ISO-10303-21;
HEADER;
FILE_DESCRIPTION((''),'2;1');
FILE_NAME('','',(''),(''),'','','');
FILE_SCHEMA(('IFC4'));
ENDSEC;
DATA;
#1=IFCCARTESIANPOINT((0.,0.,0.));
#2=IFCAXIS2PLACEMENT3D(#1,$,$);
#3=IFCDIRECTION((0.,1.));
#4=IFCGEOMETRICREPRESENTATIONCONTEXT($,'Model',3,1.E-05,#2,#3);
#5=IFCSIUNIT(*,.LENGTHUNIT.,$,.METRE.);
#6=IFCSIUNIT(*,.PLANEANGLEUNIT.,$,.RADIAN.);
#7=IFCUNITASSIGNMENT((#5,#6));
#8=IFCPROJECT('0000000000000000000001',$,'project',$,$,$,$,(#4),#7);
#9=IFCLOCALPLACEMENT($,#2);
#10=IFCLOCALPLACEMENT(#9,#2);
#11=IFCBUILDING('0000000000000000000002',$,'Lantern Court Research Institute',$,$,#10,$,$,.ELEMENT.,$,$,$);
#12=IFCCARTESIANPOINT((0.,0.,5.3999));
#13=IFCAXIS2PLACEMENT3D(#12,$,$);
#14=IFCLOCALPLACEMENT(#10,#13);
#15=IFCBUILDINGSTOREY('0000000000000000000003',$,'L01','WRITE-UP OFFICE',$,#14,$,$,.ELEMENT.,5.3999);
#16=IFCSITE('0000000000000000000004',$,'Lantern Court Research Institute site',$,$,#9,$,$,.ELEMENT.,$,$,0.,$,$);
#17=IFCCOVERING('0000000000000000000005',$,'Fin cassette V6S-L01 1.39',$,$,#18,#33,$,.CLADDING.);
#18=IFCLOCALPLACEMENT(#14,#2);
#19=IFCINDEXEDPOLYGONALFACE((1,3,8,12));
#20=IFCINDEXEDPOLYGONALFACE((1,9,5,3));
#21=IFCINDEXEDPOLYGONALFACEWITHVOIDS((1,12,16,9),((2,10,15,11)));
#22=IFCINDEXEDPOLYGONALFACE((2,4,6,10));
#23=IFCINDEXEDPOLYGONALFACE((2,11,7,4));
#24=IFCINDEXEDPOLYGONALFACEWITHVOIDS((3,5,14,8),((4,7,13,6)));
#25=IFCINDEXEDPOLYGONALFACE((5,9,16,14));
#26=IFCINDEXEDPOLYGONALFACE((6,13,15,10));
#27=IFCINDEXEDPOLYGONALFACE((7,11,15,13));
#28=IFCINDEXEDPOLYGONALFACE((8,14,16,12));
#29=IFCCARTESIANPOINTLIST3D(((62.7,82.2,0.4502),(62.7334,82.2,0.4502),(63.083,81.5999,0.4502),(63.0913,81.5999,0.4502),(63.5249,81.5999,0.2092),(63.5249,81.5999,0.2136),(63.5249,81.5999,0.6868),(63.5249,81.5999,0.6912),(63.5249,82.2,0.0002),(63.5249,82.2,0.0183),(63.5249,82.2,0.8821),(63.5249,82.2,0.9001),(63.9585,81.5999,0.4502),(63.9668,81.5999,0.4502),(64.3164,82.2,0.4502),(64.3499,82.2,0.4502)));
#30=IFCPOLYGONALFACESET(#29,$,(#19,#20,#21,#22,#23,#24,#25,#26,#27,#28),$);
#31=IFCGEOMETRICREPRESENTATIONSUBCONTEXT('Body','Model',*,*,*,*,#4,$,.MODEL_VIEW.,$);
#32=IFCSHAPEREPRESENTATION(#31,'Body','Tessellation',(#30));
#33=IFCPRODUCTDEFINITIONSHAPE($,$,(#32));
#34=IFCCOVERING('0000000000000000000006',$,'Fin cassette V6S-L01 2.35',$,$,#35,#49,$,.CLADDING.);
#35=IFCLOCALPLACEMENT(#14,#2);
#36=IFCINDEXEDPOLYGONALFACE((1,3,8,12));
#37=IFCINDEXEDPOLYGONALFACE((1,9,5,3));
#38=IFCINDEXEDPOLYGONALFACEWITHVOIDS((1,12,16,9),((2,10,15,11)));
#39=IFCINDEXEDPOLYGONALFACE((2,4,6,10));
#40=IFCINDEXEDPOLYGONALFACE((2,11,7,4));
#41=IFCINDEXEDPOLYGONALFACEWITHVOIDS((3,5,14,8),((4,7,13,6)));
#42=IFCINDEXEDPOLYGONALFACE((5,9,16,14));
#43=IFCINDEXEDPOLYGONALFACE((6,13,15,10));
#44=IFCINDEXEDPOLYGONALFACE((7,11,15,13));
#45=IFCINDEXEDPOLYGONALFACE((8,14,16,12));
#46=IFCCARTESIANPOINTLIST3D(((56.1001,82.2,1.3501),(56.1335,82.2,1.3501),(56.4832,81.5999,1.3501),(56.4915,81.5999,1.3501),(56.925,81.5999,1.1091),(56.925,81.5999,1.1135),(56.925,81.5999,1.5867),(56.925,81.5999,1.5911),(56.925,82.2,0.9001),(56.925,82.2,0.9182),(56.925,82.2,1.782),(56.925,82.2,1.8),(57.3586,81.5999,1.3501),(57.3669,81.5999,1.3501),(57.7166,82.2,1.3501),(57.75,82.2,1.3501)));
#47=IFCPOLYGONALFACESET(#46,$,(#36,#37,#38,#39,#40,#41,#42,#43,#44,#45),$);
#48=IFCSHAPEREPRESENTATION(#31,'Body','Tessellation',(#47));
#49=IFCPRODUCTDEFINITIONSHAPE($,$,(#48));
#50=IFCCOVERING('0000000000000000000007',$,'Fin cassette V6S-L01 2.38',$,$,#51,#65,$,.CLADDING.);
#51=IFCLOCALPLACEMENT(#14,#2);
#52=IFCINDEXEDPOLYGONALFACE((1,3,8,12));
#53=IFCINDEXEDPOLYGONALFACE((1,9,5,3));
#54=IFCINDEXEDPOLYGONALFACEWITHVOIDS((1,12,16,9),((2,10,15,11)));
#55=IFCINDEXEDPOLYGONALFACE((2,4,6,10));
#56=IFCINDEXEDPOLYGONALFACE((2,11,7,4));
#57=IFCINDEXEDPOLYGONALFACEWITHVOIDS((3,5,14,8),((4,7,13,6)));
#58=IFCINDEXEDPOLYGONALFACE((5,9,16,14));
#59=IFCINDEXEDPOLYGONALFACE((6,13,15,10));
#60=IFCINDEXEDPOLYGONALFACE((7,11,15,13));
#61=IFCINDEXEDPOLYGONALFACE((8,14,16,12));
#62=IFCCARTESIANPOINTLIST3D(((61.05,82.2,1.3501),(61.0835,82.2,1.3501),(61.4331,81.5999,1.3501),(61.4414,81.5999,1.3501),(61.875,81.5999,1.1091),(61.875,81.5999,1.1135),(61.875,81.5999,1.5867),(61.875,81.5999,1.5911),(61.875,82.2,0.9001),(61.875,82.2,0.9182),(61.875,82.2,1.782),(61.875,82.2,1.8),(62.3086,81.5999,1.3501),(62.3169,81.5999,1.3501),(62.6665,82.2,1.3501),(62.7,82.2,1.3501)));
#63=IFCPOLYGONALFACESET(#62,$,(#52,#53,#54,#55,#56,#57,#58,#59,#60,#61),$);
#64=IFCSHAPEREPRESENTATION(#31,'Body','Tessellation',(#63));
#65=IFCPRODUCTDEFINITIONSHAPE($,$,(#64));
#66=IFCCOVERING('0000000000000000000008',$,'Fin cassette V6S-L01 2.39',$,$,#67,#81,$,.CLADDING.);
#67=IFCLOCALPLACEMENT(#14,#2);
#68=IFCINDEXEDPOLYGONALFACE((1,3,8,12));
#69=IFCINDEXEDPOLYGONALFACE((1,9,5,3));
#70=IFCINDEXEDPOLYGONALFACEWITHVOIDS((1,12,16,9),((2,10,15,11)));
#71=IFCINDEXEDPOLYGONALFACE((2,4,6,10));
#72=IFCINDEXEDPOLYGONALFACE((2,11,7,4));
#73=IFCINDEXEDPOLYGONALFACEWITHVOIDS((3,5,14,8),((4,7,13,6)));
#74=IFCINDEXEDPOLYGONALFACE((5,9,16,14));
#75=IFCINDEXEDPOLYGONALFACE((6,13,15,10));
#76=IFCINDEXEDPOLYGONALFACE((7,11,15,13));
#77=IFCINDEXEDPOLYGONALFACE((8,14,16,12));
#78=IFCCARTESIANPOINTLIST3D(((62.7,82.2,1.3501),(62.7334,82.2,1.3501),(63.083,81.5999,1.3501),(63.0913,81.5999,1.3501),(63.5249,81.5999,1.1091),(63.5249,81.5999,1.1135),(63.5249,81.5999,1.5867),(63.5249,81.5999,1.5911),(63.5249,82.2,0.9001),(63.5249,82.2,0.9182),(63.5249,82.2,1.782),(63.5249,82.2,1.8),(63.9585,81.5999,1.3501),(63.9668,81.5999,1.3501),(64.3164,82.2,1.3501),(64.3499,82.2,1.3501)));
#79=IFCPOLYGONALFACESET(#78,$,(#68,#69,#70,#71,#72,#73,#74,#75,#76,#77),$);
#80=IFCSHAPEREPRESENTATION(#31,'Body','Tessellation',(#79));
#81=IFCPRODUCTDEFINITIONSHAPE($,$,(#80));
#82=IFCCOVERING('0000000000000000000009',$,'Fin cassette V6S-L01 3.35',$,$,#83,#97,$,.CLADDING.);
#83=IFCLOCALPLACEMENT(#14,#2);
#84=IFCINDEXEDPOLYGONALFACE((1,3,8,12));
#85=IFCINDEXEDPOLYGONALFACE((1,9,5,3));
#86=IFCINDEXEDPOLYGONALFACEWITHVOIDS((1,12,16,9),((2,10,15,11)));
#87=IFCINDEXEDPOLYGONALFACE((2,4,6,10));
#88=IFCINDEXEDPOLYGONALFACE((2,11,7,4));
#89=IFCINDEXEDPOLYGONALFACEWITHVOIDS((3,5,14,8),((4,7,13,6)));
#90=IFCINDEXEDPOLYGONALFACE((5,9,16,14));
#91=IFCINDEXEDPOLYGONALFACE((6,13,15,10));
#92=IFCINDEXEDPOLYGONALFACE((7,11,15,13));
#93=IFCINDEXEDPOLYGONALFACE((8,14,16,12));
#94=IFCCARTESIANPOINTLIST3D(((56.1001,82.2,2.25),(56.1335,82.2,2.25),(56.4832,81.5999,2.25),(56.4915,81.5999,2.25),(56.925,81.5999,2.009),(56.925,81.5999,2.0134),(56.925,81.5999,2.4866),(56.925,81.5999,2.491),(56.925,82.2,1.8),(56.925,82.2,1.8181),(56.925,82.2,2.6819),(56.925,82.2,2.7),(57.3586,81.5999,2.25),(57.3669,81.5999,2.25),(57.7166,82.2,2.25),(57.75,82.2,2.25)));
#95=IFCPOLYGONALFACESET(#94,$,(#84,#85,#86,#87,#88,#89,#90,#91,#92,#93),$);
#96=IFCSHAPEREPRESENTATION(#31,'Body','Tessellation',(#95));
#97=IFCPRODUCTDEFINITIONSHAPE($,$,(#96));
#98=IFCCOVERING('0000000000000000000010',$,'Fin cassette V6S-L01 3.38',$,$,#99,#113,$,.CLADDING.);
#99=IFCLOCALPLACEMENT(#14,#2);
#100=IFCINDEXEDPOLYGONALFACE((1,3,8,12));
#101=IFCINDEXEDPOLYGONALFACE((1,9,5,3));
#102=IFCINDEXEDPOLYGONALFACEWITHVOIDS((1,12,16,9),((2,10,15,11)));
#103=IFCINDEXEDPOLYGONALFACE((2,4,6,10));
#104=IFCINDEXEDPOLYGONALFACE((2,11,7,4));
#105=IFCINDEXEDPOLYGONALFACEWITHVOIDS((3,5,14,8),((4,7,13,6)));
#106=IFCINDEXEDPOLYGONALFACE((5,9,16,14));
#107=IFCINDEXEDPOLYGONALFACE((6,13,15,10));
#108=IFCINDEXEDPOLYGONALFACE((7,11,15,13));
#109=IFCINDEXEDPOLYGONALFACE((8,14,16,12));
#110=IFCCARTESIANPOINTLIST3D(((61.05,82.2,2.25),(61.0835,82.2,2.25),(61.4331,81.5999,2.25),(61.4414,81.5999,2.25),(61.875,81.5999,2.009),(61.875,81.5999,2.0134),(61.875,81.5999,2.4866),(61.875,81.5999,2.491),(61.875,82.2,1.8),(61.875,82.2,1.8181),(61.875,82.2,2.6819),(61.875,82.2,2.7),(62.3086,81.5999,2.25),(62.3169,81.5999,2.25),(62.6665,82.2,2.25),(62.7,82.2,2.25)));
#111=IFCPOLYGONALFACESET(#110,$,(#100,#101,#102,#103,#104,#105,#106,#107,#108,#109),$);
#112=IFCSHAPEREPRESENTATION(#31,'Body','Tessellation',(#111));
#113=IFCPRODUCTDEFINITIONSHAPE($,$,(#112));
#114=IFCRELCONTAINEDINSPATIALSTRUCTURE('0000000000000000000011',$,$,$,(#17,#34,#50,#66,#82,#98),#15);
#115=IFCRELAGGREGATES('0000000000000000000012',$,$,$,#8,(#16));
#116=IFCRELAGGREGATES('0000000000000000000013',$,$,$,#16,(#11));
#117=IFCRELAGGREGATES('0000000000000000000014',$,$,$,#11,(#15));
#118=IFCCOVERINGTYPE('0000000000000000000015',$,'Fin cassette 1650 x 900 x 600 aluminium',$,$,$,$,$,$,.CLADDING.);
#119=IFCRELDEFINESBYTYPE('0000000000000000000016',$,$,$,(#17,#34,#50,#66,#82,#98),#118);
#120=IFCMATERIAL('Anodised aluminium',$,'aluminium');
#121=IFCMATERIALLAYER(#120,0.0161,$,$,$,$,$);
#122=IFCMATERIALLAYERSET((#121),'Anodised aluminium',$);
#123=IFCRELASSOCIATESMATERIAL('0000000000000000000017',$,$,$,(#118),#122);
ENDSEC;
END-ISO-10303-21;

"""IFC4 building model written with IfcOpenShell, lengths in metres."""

from ifc_helpers import new_model, entity, si_unit, direction, frame, origin, place, context, subcontext, project, spatial, material, layer, layer_set, type_object, element, save


model = new_model("IFC4")

# Units and contexts
model_context = context("Model", 3, precision=1e-05, world=origin(), true_north=direction((0.0, 1.0)))
body_context = subcontext(model_context, "Body", "Model", "MODEL_VIEW")
ifc_project = project(units=[si_unit("LENGTHUNIT", "METRE"), si_unit("PLANEANGLEUNIT", "RADIAN")], contexts=[model_context])

# Site, building, storey
site_placement = place(None, origin())
site = spatial("IfcSite", under=ifc_project, at=site_placement, Name="Lantern Court Research Institute site", CompositionType="ELEMENT", RefElevation=0.0)
building_placement = place(site_placement, origin())
building = spatial("IfcBuilding", under=site, at=building_placement, Name="Lantern Court Research Institute", CompositionType="ELEMENT")
storey_placement = place(building_placement, frame((0.0, 0.0, 5.3999)))
storey = spatial("IfcBuildingStorey", under=building, at=storey_placement, Name="L01", Description="WRITE-UP OFFICE", CompositionType="ELEMENT", Elevation=5.3999)

# Coverings
ifc_material_1 = material(Name="Anodised aluminium", Category="aluminium")
ifc_layer_1 = layer(ifc_material_1, 0.0161)
ifc_layer_set_1 = layer_set([ifc_layer_1], Name="Anodised aluminium")
covering_type_1 = type_object("IfcCoveringType", Name="Fin cassette 1650 x 900 x 600 aluminium", PredefinedType="CLADDING", material=ifc_layer_set_1)
covering_1_placement = place(storey_placement, frame((63.5249, 82.2, 0.4502), z_axis=(0.0, -1.0, 0.0), x_axis=(1.0, 0.0, 0.0)))
cartesian_point_1 = entity("IfcCartesianPoint", [0.825, 0.0])
cartesian_point_2 = entity("IfcCartesianPoint", [0.7915, 0.0])
cartesian_point_3 = entity("IfcCartesianPoint", [0.4419, 0.0])
cartesian_point_4 = entity("IfcCartesianPoint", [0.4336, 0.0])
element("IfcCovering", 1, at=covering_1_placement, inside=storey, type_object=covering_type_1, Name="Fin cassette V6S-L01 1.39", PredefinedType="CLADDING", context=body_context, shape_type="SweptSolid", body=[
    entity("IfcExtrudedAreaSolidTapered", entity("IfcArbitraryProfileDefWithVoids", "AREA", None, entity("IfcPolyline", [cartesian_point_1, entity("IfcCartesianPoint", [0.0, 0.45]), entity("IfcCartesianPoint", [-0.825, 0.0]), entity("IfcCartesianPoint", [0.0, -0.45]), cartesian_point_1]), [entity("IfcPolyline", [cartesian_point_2, entity("IfcCartesianPoint", [0.0, 0.4319]), entity("IfcCartesianPoint", [-0.7915, 0.0]), entity("IfcCartesianPoint", [0.0, -0.4319]), cartesian_point_2])]), entity("IfcAxis2Placement3D", entity("IfcCartesianPoint", [0.0, 0.0, 0.0])), entity("IfcDirection", [0.0, 0.0, 1.0]), 0.6001, entity("IfcArbitraryProfileDefWithVoids", "AREA", None, entity("IfcPolyline", [cartesian_point_3, entity("IfcCartesianPoint", [0.0, 0.241]), entity("IfcCartesianPoint", [-0.4419, 0.0]), entity("IfcCartesianPoint", [0.0, -0.241]), cartesian_point_3]), [entity("IfcPolyline", [cartesian_point_4, entity("IfcCartesianPoint", [0.0, 0.2366]), entity("IfcCartesianPoint", [-0.4336, 0.0]), entity("IfcCartesianPoint", [0.0, -0.2366]), cartesian_point_4])])),
])
covering_2_placement = place(storey_placement, frame((56.925, 82.2, 1.3501), z_axis=(0.0, -1.0, 0.0), x_axis=(1.0, 0.0, 0.0)))
cartesian_point_5 = entity("IfcCartesianPoint", [0.825, 0.0])
cartesian_point_6 = entity("IfcCartesianPoint", [0.7915, 0.0])
cartesian_point_7 = entity("IfcCartesianPoint", [0.4419, 0.0])
cartesian_point_8 = entity("IfcCartesianPoint", [0.4336, 0.0])
element("IfcCovering", 2, at=covering_2_placement, inside=storey, type_object=covering_type_1, Name="Fin cassette V6S-L01 2.35", PredefinedType="CLADDING", context=body_context, shape_type="SweptSolid", body=[
    entity("IfcExtrudedAreaSolidTapered", entity("IfcArbitraryProfileDefWithVoids", "AREA", None, entity("IfcPolyline", [cartesian_point_5, entity("IfcCartesianPoint", [0.0, 0.45]), entity("IfcCartesianPoint", [-0.825, 0.0]), entity("IfcCartesianPoint", [0.0, -0.45]), cartesian_point_5]), [entity("IfcPolyline", [cartesian_point_6, entity("IfcCartesianPoint", [0.0, 0.4319]), entity("IfcCartesianPoint", [-0.7915, 0.0]), entity("IfcCartesianPoint", [0.0, -0.4319]), cartesian_point_6])]), entity("IfcAxis2Placement3D", entity("IfcCartesianPoint", [0.0, 0.0, 0.0])), entity("IfcDirection", [0.0, 0.0, 1.0]), 0.6001, entity("IfcArbitraryProfileDefWithVoids", "AREA", None, entity("IfcPolyline", [cartesian_point_7, entity("IfcCartesianPoint", [0.0, 0.241]), entity("IfcCartesianPoint", [-0.4419, 0.0]), entity("IfcCartesianPoint", [0.0, -0.241]), cartesian_point_7]), [entity("IfcPolyline", [cartesian_point_8, entity("IfcCartesianPoint", [0.0, 0.2366]), entity("IfcCartesianPoint", [-0.4336, 0.0]), entity("IfcCartesianPoint", [0.0, -0.2366]), cartesian_point_8])])),
])
covering_3_placement = place(storey_placement, frame((61.875, 82.2, 1.3501), z_axis=(0.0, -1.0, 0.0), x_axis=(1.0, 0.0, 0.0)))
cartesian_point_9 = entity("IfcCartesianPoint", [0.825, 0.0])
cartesian_point_10 = entity("IfcCartesianPoint", [0.7915, 0.0])
cartesian_point_11 = entity("IfcCartesianPoint", [0.4419, 0.0])
cartesian_point_12 = entity("IfcCartesianPoint", [0.4336, 0.0])
element("IfcCovering", 3, at=covering_3_placement, inside=storey, type_object=covering_type_1, Name="Fin cassette V6S-L01 2.38", PredefinedType="CLADDING", context=body_context, shape_type="SweptSolid", body=[
    entity("IfcExtrudedAreaSolidTapered", entity("IfcArbitraryProfileDefWithVoids", "AREA", None, entity("IfcPolyline", [cartesian_point_9, entity("IfcCartesianPoint", [0.0, 0.45]), entity("IfcCartesianPoint", [-0.825, 0.0]), entity("IfcCartesianPoint", [0.0, -0.45]), cartesian_point_9]), [entity("IfcPolyline", [cartesian_point_10, entity("IfcCartesianPoint", [0.0, 0.4319]), entity("IfcCartesianPoint", [-0.7915, 0.0]), entity("IfcCartesianPoint", [0.0, -0.4319]), cartesian_point_10])]), entity("IfcAxis2Placement3D", entity("IfcCartesianPoint", [0.0, 0.0, 0.0])), entity("IfcDirection", [0.0, 0.0, 1.0]), 0.6001, entity("IfcArbitraryProfileDefWithVoids", "AREA", None, entity("IfcPolyline", [cartesian_point_11, entity("IfcCartesianPoint", [0.0, 0.241]), entity("IfcCartesianPoint", [-0.4419, 0.0]), entity("IfcCartesianPoint", [0.0, -0.241]), cartesian_point_11]), [entity("IfcPolyline", [cartesian_point_12, entity("IfcCartesianPoint", [0.0, 0.2366]), entity("IfcCartesianPoint", [-0.4336, 0.0]), entity("IfcCartesianPoint", [0.0, -0.2366]), cartesian_point_12])])),
])
covering_4_placement = place(storey_placement, frame((63.5249, 82.2, 1.3501), z_axis=(0.0, -1.0, 0.0), x_axis=(1.0, 0.0, 0.0)))
cartesian_point_13 = entity("IfcCartesianPoint", [0.825, 0.0])
cartesian_point_14 = entity("IfcCartesianPoint", [0.7915, 0.0])
cartesian_point_15 = entity("IfcCartesianPoint", [0.4419, 0.0])
cartesian_point_16 = entity("IfcCartesianPoint", [0.4336, 0.0])
element("IfcCovering", 4, at=covering_4_placement, inside=storey, type_object=covering_type_1, Name="Fin cassette V6S-L01 2.39", PredefinedType="CLADDING", context=body_context, shape_type="SweptSolid", body=[
    entity("IfcExtrudedAreaSolidTapered", entity("IfcArbitraryProfileDefWithVoids", "AREA", None, entity("IfcPolyline", [cartesian_point_13, entity("IfcCartesianPoint", [0.0, 0.45]), entity("IfcCartesianPoint", [-0.825, 0.0]), entity("IfcCartesianPoint", [0.0, -0.45]), cartesian_point_13]), [entity("IfcPolyline", [cartesian_point_14, entity("IfcCartesianPoint", [0.0, 0.4319]), entity("IfcCartesianPoint", [-0.7915, 0.0]), entity("IfcCartesianPoint", [0.0, -0.4319]), cartesian_point_14])]), entity("IfcAxis2Placement3D", entity("IfcCartesianPoint", [0.0, 0.0, 0.0])), entity("IfcDirection", [0.0, 0.0, 1.0]), 0.6001, entity("IfcArbitraryProfileDefWithVoids", "AREA", None, entity("IfcPolyline", [cartesian_point_15, entity("IfcCartesianPoint", [0.0, 0.241]), entity("IfcCartesianPoint", [-0.4419, 0.0]), entity("IfcCartesianPoint", [0.0, -0.241]), cartesian_point_15]), [entity("IfcPolyline", [cartesian_point_16, entity("IfcCartesianPoint", [0.0, 0.2366]), entity("IfcCartesianPoint", [-0.4336, 0.0]), entity("IfcCartesianPoint", [0.0, -0.2366]), cartesian_point_16])])),
])
covering_5_placement = place(storey_placement, frame((56.925, 82.2, 2.25), z_axis=(0.0, -1.0, 0.0), x_axis=(1.0, 0.0, 0.0)))
cartesian_point_17 = entity("IfcCartesianPoint", [0.825, 0.0])
cartesian_point_18 = entity("IfcCartesianPoint", [0.7915, 0.0])
cartesian_point_19 = entity("IfcCartesianPoint", [0.4419, 0.0])
cartesian_point_20 = entity("IfcCartesianPoint", [0.4336, 0.0])
element("IfcCovering", 5, at=covering_5_placement, inside=storey, type_object=covering_type_1, Name="Fin cassette V6S-L01 3.35", PredefinedType="CLADDING", context=body_context, shape_type="SweptSolid", body=[
    entity("IfcExtrudedAreaSolidTapered", entity("IfcArbitraryProfileDefWithVoids", "AREA", None, entity("IfcPolyline", [cartesian_point_17, entity("IfcCartesianPoint", [0.0, 0.45]), entity("IfcCartesianPoint", [-0.825, 0.0]), entity("IfcCartesianPoint", [0.0, -0.45]), cartesian_point_17]), [entity("IfcPolyline", [cartesian_point_18, entity("IfcCartesianPoint", [0.0, 0.4319]), entity("IfcCartesianPoint", [-0.7915, 0.0]), entity("IfcCartesianPoint", [0.0, -0.4319]), cartesian_point_18])]), entity("IfcAxis2Placement3D", entity("IfcCartesianPoint", [0.0, 0.0, 0.0])), entity("IfcDirection", [0.0, 0.0, 1.0]), 0.6001, entity("IfcArbitraryProfileDefWithVoids", "AREA", None, entity("IfcPolyline", [cartesian_point_19, entity("IfcCartesianPoint", [0.0, 0.241]), entity("IfcCartesianPoint", [-0.4419, 0.0]), entity("IfcCartesianPoint", [0.0, -0.241]), cartesian_point_19]), [entity("IfcPolyline", [cartesian_point_20, entity("IfcCartesianPoint", [0.0, 0.2366]), entity("IfcCartesianPoint", [-0.4336, 0.0]), entity("IfcCartesianPoint", [0.0, -0.2366]), cartesian_point_20])])),
])
covering_6_placement = place(storey_placement, frame((61.875, 82.2, 2.25), z_axis=(0.0, -1.0, 0.0), x_axis=(1.0, 0.0, 0.0)))
cartesian_point_21 = entity("IfcCartesianPoint", [0.825, 0.0])
cartesian_point_22 = entity("IfcCartesianPoint", [0.7915, 0.0])
cartesian_point_23 = entity("IfcCartesianPoint", [0.4419, 0.0])
cartesian_point_24 = entity("IfcCartesianPoint", [0.4336, 0.0])
element("IfcCovering", 6, at=covering_6_placement, inside=storey, type_object=covering_type_1, Name="Fin cassette V6S-L01 3.38", PredefinedType="CLADDING", context=body_context, shape_type="SweptSolid", body=[
    entity("IfcExtrudedAreaSolidTapered", entity("IfcArbitraryProfileDefWithVoids", "AREA", None, entity("IfcPolyline", [cartesian_point_21, entity("IfcCartesianPoint", [0.0, 0.45]), entity("IfcCartesianPoint", [-0.825, 0.0]), entity("IfcCartesianPoint", [0.0, -0.45]), cartesian_point_21]), [entity("IfcPolyline", [cartesian_point_22, entity("IfcCartesianPoint", [0.0, 0.4319]), entity("IfcCartesianPoint", [-0.7915, 0.0]), entity("IfcCartesianPoint", [0.0, -0.4319]), cartesian_point_22])]), entity("IfcAxis2Placement3D", entity("IfcCartesianPoint", [0.0, 0.0, 0.0])), entity("IfcDirection", [0.0, 0.0, 1.0]), 0.6001, entity("IfcArbitraryProfileDefWithVoids", "AREA", None, entity("IfcPolyline", [cartesian_point_23, entity("IfcCartesianPoint", [0.0, 0.241]), entity("IfcCartesianPoint", [-0.4419, 0.0]), entity("IfcCartesianPoint", [0.0, -0.241]), cartesian_point_23]), [entity("IfcPolyline", [cartesian_point_24, entity("IfcCartesianPoint", [0.0, 0.2366]), entity("IfcCartesianPoint", [-0.4336, 0.0]), entity("IfcCartesianPoint", [0.0, -0.2366]), cartesian_point_24])])),
])

save(model, "model.ifc")
